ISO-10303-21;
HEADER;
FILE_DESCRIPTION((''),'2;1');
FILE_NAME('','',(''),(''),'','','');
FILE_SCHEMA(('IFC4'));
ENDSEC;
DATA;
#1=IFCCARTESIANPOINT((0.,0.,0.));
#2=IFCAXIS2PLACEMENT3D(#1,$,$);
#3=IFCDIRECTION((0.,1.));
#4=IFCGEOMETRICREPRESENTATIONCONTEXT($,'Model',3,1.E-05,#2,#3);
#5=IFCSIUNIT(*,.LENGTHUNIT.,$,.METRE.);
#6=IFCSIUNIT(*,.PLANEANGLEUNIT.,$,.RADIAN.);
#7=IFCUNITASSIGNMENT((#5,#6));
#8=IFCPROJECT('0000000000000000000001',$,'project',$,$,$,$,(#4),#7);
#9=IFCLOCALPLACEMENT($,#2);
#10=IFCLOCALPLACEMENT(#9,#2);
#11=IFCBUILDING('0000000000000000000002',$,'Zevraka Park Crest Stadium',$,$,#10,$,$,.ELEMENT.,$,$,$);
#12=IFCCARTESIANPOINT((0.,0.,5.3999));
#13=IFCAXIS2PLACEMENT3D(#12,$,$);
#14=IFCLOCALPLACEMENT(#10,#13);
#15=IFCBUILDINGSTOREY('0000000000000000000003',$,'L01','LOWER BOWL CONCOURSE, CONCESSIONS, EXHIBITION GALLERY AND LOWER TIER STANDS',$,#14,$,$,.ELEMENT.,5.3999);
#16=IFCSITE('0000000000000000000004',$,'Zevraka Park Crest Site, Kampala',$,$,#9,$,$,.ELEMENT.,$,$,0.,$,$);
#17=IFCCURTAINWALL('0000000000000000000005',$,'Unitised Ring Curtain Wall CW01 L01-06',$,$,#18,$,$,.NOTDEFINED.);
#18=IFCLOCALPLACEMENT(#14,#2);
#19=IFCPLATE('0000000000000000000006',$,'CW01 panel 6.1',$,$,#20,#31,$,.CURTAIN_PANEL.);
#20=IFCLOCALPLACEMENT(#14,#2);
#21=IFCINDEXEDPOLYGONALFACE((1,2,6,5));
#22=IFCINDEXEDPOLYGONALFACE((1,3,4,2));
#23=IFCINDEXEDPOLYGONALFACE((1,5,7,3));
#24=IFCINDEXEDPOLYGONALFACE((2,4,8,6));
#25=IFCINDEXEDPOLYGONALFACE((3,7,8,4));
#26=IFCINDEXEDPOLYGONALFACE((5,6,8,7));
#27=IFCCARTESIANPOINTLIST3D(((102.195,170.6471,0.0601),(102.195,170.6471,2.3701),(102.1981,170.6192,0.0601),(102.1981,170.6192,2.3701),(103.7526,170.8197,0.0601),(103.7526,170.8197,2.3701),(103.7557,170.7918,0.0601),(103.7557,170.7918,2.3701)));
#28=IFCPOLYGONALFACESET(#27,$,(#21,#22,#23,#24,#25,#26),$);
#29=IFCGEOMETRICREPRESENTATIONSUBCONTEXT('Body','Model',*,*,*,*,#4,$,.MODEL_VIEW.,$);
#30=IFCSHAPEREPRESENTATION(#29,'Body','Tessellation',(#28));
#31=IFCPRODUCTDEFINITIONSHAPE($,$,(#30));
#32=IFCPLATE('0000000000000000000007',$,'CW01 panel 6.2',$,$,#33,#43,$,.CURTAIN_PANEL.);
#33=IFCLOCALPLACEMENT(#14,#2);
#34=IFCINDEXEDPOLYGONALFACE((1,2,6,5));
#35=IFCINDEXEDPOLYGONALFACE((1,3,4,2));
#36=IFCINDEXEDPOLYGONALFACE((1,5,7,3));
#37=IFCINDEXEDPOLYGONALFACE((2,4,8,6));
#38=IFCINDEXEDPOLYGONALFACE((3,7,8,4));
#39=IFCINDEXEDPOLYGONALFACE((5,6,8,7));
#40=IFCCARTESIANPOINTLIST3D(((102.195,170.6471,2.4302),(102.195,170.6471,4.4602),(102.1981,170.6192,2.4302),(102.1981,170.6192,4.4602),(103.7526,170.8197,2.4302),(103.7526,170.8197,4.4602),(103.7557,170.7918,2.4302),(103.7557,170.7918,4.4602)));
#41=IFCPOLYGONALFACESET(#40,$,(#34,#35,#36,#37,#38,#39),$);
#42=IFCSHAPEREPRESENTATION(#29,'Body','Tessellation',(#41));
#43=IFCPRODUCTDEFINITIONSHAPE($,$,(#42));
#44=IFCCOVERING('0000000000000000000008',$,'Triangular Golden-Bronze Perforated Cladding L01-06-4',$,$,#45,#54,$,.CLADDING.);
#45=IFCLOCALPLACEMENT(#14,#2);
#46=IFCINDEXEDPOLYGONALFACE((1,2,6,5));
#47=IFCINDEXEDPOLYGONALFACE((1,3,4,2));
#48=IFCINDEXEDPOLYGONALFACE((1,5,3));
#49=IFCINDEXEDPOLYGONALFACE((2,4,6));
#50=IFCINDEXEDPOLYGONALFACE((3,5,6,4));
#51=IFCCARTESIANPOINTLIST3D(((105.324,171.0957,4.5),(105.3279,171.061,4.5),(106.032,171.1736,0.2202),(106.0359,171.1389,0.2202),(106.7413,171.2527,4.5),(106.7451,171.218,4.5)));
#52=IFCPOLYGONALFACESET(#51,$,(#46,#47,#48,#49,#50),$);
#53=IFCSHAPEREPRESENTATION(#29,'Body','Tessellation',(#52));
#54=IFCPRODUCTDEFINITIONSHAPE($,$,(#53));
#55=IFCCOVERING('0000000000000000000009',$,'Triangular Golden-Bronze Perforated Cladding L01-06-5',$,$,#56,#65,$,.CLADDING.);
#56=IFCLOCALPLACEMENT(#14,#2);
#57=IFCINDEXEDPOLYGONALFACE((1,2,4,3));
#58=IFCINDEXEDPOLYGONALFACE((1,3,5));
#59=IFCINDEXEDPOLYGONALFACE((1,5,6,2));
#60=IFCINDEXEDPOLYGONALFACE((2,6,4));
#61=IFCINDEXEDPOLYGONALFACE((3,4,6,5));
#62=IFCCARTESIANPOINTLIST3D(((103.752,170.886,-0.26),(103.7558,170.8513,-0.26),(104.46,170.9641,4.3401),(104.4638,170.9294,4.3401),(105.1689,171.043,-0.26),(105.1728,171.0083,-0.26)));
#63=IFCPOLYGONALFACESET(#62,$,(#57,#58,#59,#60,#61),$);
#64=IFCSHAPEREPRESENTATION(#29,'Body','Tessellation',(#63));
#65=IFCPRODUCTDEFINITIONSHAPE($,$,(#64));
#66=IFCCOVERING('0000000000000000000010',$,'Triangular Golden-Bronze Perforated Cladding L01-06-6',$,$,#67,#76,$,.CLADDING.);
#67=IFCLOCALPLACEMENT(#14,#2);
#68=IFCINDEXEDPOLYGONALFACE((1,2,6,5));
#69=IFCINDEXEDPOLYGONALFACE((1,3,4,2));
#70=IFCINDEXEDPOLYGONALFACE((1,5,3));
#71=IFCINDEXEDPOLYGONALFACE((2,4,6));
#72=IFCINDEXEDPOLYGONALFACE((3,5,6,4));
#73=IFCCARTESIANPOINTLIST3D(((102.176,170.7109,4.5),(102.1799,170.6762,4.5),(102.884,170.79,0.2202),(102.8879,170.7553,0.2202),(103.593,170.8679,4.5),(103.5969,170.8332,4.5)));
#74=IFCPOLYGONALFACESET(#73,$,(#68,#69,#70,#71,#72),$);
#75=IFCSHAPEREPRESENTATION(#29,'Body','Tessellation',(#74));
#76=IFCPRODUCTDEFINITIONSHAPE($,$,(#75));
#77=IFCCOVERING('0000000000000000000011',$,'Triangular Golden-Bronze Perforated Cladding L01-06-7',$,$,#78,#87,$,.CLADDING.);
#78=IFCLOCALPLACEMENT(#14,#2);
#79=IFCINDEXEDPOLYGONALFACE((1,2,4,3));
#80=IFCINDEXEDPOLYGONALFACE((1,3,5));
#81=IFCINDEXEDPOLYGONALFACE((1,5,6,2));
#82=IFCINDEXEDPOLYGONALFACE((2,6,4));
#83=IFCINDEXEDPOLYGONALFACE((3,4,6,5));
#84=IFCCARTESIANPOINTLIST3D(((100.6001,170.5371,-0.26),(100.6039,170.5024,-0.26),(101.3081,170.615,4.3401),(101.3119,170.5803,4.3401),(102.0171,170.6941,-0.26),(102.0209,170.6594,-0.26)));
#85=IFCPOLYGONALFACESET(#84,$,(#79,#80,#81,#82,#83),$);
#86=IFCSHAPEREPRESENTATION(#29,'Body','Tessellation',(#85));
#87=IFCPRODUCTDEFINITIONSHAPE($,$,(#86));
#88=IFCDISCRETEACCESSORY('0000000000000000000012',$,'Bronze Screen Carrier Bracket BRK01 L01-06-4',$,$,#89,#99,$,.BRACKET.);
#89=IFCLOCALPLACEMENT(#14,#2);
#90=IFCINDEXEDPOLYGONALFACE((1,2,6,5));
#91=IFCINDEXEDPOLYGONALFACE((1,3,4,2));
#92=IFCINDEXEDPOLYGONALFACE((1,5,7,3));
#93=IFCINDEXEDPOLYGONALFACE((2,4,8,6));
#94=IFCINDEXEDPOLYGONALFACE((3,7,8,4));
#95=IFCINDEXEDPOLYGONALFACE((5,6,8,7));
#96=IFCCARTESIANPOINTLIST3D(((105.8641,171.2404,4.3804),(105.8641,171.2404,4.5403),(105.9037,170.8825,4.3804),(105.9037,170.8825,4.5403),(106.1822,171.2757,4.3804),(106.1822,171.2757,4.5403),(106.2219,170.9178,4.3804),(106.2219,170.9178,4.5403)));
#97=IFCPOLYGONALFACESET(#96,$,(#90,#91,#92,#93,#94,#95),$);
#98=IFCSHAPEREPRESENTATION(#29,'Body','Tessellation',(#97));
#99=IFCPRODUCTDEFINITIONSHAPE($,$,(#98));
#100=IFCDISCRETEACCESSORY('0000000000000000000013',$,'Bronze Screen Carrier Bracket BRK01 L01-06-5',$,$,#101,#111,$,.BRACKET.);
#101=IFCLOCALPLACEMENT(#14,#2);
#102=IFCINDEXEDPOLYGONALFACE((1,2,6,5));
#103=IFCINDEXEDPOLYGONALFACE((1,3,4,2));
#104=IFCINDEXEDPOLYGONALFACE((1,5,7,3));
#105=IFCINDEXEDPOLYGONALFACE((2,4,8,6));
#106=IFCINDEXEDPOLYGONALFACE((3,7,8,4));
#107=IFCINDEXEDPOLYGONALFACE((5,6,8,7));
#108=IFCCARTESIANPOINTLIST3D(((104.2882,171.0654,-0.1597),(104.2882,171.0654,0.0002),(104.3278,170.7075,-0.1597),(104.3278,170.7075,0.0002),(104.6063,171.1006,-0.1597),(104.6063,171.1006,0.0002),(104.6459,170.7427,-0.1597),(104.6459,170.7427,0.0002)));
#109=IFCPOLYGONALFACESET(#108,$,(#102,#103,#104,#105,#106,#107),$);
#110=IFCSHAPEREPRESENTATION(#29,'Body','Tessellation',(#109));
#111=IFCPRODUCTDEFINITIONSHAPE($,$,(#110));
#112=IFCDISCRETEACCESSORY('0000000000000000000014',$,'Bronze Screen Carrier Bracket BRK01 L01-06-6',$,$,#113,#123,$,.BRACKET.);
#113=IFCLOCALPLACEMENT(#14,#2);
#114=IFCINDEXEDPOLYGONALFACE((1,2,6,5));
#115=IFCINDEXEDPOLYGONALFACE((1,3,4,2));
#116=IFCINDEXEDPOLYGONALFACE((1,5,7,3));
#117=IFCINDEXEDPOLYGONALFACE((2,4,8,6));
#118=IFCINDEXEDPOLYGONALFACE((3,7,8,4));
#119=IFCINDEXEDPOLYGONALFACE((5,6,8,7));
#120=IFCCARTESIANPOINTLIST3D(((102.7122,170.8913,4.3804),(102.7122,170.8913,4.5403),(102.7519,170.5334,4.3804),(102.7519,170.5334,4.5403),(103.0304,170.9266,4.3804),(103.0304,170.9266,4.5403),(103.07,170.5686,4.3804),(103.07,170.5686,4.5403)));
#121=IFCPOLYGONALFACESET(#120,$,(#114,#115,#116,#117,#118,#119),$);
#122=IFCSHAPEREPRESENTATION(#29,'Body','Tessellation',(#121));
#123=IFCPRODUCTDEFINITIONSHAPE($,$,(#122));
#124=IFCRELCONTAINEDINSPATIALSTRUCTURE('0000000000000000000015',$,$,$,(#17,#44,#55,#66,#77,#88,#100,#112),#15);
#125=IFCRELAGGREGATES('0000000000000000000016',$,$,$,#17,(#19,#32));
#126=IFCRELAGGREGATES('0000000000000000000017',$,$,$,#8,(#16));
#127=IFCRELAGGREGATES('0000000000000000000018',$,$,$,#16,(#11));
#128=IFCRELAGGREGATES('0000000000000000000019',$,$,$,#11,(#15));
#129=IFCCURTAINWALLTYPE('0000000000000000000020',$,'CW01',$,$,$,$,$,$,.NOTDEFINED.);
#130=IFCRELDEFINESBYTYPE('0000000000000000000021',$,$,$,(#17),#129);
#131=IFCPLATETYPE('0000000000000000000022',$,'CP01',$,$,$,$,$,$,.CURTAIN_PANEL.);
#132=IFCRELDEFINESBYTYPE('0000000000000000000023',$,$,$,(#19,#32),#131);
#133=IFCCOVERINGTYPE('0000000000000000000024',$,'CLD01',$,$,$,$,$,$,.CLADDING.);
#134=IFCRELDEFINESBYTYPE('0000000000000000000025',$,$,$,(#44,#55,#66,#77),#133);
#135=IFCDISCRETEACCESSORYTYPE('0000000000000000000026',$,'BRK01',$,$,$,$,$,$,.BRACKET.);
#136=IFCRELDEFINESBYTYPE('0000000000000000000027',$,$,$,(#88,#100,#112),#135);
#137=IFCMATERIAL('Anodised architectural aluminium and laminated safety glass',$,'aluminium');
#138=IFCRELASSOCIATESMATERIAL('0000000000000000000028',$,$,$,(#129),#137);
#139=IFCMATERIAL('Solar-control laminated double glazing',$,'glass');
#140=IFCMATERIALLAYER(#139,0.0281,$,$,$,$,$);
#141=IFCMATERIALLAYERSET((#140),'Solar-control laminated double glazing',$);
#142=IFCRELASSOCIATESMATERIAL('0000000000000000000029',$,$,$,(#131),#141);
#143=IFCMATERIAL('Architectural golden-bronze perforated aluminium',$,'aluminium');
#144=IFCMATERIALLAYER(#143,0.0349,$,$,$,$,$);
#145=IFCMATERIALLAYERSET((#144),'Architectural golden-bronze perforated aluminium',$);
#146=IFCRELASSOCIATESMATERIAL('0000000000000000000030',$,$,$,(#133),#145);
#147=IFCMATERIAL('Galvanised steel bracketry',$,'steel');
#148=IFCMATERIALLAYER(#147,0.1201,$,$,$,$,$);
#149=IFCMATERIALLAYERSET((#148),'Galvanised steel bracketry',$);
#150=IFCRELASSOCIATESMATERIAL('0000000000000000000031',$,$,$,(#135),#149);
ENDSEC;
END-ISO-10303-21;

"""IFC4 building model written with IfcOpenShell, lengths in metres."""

from ifc_helpers import new_model, si_unit, direction, frame, origin, origin_2d, place, context, subcontext, project, spatial, polyline, rectangle, outline, extrude, material, layer, layer_set, type_object, element, aggregate, save


model = new_model("IFC4")

# Units and contexts
model_context = context("Model", 3, precision=1e-05, world=origin(), true_north=direction((0.0, 1.0)))
body_context = subcontext(model_context, "Body", "Model", "MODEL_VIEW")
ifc_project = project(units=[si_unit("LENGTHUNIT", "METRE"), si_unit("PLANEANGLEUNIT", "RADIAN")], contexts=[model_context])

# Site, building, storey
site_placement = place(None, origin())
site = spatial("IfcSite", under=ifc_project, at=site_placement, Name="Zevraka Park Crest Site, Kampala", CompositionType="ELEMENT", RefElevation=0.0)
building_placement = place(site_placement, origin())
building = spatial("IfcBuilding", under=site, at=building_placement, Name="Zevraka Park Crest Stadium", CompositionType="ELEMENT")
storey_placement = place(building_placement, frame((0.0, 0.0, 5.3999)))
storey = spatial("IfcBuildingStorey", under=building, at=storey_placement, Name="L01", Description="LOWER BOWL CONCOURSE, CONCESSIONS, EXHIBITION GALLERY AND LOWER TIER STANDS", CompositionType="ELEMENT", Elevation=5.3999)

# Curtain wall
ifc_material_1 = material(Name="Anodised architectural aluminium and laminated safety glass", Category="aluminium")
curtain_wall_type = type_object("IfcCurtainWallType", Name="CW01", PredefinedType="NOTDEFINED", material=ifc_material_1)
curtain_wall_placement = place(storey_placement, origin())
curtain_wall = element("IfcCurtainWall", 1, at=curtain_wall_placement, inside=storey, type_object=curtain_wall_type, Name="Unitised Ring Curtain Wall CW01 L01-06", PredefinedType="NOTDEFINED")

# Plates
ifc_material_2 = material(Name="Solar-control laminated double glazing", Category="glass")
ifc_layer_1 = layer(ifc_material_2, 0.0281)
ifc_layer_set_1 = layer_set([ifc_layer_1], Name="Solar-control laminated double glazing")
plate_type = type_object("IfcPlateType", Name="CP01", PredefinedType="CURTAIN_PANEL", material=ifc_layer_set_1)
plate_1_placement = place(storey_placement, frame((102.9753, 170.7195, 0.0601), z_axis=(0.0, 0.0, 1.0), x_axis=(-0.993917, -0.110135, 0.0)))
plate_1 = element("IfcPlate", 2, at=plate_1_placement, type_object=plate_type, Name="CW01 panel 6.1", PredefinedType="CURTAIN_PANEL", context=body_context, shape_type="SweptSolid", body=[
    extrude(rectangle(XDim=1.5671, YDim=0.0281, at=origin_2d()), origin(), (0.0, 0.0, 1.0), 2.3101),
])
plate_2_placement = place(storey_placement, frame((102.9753, 170.7195, 2.4302), z_axis=(0.0, 0.0, 1.0), x_axis=(-0.993917, -0.110135, 0.0)))
plate_2 = element("IfcPlate", 3, at=plate_2_placement, type_object=plate_type, Name="CW01 panel 6.2", PredefinedType="CURTAIN_PANEL", context=body_context, shape_type="SweptSolid", body=[
    extrude(rectangle(XDim=1.5671, YDim=0.0281, at=origin_2d()), origin(), (0.0, 0.0, 1.0), 2.03),
])
aggregate(curtain_wall, [plate_1, plate_2])

# Coverings
ifc_material_3 = material(Name="Architectural golden-bronze perforated aluminium", Category="aluminium")
ifc_layer_2 = layer(ifc_material_3, 0.0349)
ifc_layer_set_2 = layer_set([ifc_layer_2], Name="Architectural golden-bronze perforated aluminium")
covering_type = type_object("IfcCoveringType", Name="CLD01", PredefinedType="CLADDING", material=ifc_layer_set_2)
covering_1_placement = place(storey_placement, frame((105.3279, 171.061, 4.5), z_axis=(0.110093, -0.993921, 0.000126), x_axis=(0.993921, 0.110093, 0.0)))
element("IfcCovering", 4, at=covering_1_placement, inside=storey, type_object=covering_type, Name="Triangular Golden-Bronze Perforated Cladding L01-06-4", PredefinedType="CLADDING", context=body_context, shape_type="SweptSolid", body=[
    extrude(outline(polyline([(0.0, 0.0), (1.4259, 0.0), (0.7123, -4.2798), (0.0, 0.0)])), origin(), (0.0, 0.0, -1.0), 0.0349),
])
covering_2_placement = place(storey_placement, frame((105.1689, 171.043, -0.26), z_axis=(-0.110112, 0.993919, 0.000067), x_axis=(-0.993919, -0.110112, 0.0)))
element("IfcCovering", 5, at=covering_2_placement, inside=storey, type_object=covering_type, Name="Triangular Golden-Bronze Perforated Cladding L01-06-5", PredefinedType="CLADDING", context=body_context, shape_type="SweptSolid", body=[
    extrude(outline(polyline([(0.0, 0.0), (1.4257, 0.0), (0.7134, 4.6001), (0.0, 0.0)])), origin(), (0.0, 0.0, -1.0), 0.0349),
])
covering_3_placement = place(storey_placement, frame((102.176, 170.7109, 4.5), z_axis=(-0.110112, 0.993919, 0.000154), x_axis=(0.993919, 0.110112, 0.0)))
element("IfcCovering", 6, at=covering_3_placement, inside=storey, type_object=covering_type, Name="Triangular Golden-Bronze Perforated Cladding L01-06-6", PredefinedType="CLADDING", context=body_context, shape_type="SweptSolid", body=[
    extrude(outline(polyline([(0.0, 0.0), (1.4257, 0.0), (0.7124, 4.2798), (0.0, 0.0)])), origin(), (0.0, 0.0, -1.0), 0.0349),
])
covering_4_placement = place(storey_placement, frame((102.0171, 170.6941, -0.26), z_axis=(-0.110112, 0.993919, 0.00012), x_axis=(-0.993919, -0.110112, 0.0)))
element("IfcCovering", 7, at=covering_4_placement, inside=storey, type_object=covering_type, Name="Triangular Golden-Bronze Perforated Cladding L01-06-7", PredefinedType="CLADDING", context=body_context, shape_type="SweptSolid", body=[
    extrude(outline(polyline([(0.0, 0.0), (1.4257, 0.0), (0.7134, 4.6001), (0.0, 0.0)])), origin(), (0.0, 0.0, -1.0), 0.0349),
])

# Discrete accessories
ifc_material_4 = material(Name="Galvanised steel bracketry", Category="steel")
ifc_layer_3 = layer(ifc_material_4, 0.1201)
ifc_layer_set_3 = layer_set([ifc_layer_3], Name="Galvanised steel bracketry")
discrete_accessory_type = type_object("IfcDiscreteAccessoryType", Name="BRK01", PredefinedType="BRACKET", material=ifc_layer_set_3)
for number, where, z_axis, x_axis, name in (
    (8, (106.043, 171.0791, 4.3804), (0.0, 0.0, 1.0), (-0.993923, -0.110081, 0.0), "Bronze Screen Carrier Bracket BRK01 L01-06-4"),
    (9, (104.467, 170.9041, -0.1597), (0.0, 0.0, 1.0), (-0.993923, -0.110081, 0.0), "Bronze Screen Carrier Bracket BRK01 L01-06-5"),
    (10, (102.8911, 170.73, 4.3804), (0.0, 0.0, 1.0), (-0.993923, -0.110081, 0.0), "Bronze Screen Carrier Bracket BRK01 L01-06-6"),
):
    element("IfcDiscreteAccessory", number, at=place(storey_placement, frame(where, z_axis=z_axis, x_axis=x_axis)), inside=storey, type_object=discrete_accessory_type, Name=name, PredefinedType="BRACKET", context=body_context, shape_type="SweptSolid", body=[
        extrude(rectangle(XDim=0.3201, YDim=0.3601, at=origin_2d()), origin(), (0.0, 0.0, 1.0), 0.1599),
    ])

save(model, "model.ifc")
